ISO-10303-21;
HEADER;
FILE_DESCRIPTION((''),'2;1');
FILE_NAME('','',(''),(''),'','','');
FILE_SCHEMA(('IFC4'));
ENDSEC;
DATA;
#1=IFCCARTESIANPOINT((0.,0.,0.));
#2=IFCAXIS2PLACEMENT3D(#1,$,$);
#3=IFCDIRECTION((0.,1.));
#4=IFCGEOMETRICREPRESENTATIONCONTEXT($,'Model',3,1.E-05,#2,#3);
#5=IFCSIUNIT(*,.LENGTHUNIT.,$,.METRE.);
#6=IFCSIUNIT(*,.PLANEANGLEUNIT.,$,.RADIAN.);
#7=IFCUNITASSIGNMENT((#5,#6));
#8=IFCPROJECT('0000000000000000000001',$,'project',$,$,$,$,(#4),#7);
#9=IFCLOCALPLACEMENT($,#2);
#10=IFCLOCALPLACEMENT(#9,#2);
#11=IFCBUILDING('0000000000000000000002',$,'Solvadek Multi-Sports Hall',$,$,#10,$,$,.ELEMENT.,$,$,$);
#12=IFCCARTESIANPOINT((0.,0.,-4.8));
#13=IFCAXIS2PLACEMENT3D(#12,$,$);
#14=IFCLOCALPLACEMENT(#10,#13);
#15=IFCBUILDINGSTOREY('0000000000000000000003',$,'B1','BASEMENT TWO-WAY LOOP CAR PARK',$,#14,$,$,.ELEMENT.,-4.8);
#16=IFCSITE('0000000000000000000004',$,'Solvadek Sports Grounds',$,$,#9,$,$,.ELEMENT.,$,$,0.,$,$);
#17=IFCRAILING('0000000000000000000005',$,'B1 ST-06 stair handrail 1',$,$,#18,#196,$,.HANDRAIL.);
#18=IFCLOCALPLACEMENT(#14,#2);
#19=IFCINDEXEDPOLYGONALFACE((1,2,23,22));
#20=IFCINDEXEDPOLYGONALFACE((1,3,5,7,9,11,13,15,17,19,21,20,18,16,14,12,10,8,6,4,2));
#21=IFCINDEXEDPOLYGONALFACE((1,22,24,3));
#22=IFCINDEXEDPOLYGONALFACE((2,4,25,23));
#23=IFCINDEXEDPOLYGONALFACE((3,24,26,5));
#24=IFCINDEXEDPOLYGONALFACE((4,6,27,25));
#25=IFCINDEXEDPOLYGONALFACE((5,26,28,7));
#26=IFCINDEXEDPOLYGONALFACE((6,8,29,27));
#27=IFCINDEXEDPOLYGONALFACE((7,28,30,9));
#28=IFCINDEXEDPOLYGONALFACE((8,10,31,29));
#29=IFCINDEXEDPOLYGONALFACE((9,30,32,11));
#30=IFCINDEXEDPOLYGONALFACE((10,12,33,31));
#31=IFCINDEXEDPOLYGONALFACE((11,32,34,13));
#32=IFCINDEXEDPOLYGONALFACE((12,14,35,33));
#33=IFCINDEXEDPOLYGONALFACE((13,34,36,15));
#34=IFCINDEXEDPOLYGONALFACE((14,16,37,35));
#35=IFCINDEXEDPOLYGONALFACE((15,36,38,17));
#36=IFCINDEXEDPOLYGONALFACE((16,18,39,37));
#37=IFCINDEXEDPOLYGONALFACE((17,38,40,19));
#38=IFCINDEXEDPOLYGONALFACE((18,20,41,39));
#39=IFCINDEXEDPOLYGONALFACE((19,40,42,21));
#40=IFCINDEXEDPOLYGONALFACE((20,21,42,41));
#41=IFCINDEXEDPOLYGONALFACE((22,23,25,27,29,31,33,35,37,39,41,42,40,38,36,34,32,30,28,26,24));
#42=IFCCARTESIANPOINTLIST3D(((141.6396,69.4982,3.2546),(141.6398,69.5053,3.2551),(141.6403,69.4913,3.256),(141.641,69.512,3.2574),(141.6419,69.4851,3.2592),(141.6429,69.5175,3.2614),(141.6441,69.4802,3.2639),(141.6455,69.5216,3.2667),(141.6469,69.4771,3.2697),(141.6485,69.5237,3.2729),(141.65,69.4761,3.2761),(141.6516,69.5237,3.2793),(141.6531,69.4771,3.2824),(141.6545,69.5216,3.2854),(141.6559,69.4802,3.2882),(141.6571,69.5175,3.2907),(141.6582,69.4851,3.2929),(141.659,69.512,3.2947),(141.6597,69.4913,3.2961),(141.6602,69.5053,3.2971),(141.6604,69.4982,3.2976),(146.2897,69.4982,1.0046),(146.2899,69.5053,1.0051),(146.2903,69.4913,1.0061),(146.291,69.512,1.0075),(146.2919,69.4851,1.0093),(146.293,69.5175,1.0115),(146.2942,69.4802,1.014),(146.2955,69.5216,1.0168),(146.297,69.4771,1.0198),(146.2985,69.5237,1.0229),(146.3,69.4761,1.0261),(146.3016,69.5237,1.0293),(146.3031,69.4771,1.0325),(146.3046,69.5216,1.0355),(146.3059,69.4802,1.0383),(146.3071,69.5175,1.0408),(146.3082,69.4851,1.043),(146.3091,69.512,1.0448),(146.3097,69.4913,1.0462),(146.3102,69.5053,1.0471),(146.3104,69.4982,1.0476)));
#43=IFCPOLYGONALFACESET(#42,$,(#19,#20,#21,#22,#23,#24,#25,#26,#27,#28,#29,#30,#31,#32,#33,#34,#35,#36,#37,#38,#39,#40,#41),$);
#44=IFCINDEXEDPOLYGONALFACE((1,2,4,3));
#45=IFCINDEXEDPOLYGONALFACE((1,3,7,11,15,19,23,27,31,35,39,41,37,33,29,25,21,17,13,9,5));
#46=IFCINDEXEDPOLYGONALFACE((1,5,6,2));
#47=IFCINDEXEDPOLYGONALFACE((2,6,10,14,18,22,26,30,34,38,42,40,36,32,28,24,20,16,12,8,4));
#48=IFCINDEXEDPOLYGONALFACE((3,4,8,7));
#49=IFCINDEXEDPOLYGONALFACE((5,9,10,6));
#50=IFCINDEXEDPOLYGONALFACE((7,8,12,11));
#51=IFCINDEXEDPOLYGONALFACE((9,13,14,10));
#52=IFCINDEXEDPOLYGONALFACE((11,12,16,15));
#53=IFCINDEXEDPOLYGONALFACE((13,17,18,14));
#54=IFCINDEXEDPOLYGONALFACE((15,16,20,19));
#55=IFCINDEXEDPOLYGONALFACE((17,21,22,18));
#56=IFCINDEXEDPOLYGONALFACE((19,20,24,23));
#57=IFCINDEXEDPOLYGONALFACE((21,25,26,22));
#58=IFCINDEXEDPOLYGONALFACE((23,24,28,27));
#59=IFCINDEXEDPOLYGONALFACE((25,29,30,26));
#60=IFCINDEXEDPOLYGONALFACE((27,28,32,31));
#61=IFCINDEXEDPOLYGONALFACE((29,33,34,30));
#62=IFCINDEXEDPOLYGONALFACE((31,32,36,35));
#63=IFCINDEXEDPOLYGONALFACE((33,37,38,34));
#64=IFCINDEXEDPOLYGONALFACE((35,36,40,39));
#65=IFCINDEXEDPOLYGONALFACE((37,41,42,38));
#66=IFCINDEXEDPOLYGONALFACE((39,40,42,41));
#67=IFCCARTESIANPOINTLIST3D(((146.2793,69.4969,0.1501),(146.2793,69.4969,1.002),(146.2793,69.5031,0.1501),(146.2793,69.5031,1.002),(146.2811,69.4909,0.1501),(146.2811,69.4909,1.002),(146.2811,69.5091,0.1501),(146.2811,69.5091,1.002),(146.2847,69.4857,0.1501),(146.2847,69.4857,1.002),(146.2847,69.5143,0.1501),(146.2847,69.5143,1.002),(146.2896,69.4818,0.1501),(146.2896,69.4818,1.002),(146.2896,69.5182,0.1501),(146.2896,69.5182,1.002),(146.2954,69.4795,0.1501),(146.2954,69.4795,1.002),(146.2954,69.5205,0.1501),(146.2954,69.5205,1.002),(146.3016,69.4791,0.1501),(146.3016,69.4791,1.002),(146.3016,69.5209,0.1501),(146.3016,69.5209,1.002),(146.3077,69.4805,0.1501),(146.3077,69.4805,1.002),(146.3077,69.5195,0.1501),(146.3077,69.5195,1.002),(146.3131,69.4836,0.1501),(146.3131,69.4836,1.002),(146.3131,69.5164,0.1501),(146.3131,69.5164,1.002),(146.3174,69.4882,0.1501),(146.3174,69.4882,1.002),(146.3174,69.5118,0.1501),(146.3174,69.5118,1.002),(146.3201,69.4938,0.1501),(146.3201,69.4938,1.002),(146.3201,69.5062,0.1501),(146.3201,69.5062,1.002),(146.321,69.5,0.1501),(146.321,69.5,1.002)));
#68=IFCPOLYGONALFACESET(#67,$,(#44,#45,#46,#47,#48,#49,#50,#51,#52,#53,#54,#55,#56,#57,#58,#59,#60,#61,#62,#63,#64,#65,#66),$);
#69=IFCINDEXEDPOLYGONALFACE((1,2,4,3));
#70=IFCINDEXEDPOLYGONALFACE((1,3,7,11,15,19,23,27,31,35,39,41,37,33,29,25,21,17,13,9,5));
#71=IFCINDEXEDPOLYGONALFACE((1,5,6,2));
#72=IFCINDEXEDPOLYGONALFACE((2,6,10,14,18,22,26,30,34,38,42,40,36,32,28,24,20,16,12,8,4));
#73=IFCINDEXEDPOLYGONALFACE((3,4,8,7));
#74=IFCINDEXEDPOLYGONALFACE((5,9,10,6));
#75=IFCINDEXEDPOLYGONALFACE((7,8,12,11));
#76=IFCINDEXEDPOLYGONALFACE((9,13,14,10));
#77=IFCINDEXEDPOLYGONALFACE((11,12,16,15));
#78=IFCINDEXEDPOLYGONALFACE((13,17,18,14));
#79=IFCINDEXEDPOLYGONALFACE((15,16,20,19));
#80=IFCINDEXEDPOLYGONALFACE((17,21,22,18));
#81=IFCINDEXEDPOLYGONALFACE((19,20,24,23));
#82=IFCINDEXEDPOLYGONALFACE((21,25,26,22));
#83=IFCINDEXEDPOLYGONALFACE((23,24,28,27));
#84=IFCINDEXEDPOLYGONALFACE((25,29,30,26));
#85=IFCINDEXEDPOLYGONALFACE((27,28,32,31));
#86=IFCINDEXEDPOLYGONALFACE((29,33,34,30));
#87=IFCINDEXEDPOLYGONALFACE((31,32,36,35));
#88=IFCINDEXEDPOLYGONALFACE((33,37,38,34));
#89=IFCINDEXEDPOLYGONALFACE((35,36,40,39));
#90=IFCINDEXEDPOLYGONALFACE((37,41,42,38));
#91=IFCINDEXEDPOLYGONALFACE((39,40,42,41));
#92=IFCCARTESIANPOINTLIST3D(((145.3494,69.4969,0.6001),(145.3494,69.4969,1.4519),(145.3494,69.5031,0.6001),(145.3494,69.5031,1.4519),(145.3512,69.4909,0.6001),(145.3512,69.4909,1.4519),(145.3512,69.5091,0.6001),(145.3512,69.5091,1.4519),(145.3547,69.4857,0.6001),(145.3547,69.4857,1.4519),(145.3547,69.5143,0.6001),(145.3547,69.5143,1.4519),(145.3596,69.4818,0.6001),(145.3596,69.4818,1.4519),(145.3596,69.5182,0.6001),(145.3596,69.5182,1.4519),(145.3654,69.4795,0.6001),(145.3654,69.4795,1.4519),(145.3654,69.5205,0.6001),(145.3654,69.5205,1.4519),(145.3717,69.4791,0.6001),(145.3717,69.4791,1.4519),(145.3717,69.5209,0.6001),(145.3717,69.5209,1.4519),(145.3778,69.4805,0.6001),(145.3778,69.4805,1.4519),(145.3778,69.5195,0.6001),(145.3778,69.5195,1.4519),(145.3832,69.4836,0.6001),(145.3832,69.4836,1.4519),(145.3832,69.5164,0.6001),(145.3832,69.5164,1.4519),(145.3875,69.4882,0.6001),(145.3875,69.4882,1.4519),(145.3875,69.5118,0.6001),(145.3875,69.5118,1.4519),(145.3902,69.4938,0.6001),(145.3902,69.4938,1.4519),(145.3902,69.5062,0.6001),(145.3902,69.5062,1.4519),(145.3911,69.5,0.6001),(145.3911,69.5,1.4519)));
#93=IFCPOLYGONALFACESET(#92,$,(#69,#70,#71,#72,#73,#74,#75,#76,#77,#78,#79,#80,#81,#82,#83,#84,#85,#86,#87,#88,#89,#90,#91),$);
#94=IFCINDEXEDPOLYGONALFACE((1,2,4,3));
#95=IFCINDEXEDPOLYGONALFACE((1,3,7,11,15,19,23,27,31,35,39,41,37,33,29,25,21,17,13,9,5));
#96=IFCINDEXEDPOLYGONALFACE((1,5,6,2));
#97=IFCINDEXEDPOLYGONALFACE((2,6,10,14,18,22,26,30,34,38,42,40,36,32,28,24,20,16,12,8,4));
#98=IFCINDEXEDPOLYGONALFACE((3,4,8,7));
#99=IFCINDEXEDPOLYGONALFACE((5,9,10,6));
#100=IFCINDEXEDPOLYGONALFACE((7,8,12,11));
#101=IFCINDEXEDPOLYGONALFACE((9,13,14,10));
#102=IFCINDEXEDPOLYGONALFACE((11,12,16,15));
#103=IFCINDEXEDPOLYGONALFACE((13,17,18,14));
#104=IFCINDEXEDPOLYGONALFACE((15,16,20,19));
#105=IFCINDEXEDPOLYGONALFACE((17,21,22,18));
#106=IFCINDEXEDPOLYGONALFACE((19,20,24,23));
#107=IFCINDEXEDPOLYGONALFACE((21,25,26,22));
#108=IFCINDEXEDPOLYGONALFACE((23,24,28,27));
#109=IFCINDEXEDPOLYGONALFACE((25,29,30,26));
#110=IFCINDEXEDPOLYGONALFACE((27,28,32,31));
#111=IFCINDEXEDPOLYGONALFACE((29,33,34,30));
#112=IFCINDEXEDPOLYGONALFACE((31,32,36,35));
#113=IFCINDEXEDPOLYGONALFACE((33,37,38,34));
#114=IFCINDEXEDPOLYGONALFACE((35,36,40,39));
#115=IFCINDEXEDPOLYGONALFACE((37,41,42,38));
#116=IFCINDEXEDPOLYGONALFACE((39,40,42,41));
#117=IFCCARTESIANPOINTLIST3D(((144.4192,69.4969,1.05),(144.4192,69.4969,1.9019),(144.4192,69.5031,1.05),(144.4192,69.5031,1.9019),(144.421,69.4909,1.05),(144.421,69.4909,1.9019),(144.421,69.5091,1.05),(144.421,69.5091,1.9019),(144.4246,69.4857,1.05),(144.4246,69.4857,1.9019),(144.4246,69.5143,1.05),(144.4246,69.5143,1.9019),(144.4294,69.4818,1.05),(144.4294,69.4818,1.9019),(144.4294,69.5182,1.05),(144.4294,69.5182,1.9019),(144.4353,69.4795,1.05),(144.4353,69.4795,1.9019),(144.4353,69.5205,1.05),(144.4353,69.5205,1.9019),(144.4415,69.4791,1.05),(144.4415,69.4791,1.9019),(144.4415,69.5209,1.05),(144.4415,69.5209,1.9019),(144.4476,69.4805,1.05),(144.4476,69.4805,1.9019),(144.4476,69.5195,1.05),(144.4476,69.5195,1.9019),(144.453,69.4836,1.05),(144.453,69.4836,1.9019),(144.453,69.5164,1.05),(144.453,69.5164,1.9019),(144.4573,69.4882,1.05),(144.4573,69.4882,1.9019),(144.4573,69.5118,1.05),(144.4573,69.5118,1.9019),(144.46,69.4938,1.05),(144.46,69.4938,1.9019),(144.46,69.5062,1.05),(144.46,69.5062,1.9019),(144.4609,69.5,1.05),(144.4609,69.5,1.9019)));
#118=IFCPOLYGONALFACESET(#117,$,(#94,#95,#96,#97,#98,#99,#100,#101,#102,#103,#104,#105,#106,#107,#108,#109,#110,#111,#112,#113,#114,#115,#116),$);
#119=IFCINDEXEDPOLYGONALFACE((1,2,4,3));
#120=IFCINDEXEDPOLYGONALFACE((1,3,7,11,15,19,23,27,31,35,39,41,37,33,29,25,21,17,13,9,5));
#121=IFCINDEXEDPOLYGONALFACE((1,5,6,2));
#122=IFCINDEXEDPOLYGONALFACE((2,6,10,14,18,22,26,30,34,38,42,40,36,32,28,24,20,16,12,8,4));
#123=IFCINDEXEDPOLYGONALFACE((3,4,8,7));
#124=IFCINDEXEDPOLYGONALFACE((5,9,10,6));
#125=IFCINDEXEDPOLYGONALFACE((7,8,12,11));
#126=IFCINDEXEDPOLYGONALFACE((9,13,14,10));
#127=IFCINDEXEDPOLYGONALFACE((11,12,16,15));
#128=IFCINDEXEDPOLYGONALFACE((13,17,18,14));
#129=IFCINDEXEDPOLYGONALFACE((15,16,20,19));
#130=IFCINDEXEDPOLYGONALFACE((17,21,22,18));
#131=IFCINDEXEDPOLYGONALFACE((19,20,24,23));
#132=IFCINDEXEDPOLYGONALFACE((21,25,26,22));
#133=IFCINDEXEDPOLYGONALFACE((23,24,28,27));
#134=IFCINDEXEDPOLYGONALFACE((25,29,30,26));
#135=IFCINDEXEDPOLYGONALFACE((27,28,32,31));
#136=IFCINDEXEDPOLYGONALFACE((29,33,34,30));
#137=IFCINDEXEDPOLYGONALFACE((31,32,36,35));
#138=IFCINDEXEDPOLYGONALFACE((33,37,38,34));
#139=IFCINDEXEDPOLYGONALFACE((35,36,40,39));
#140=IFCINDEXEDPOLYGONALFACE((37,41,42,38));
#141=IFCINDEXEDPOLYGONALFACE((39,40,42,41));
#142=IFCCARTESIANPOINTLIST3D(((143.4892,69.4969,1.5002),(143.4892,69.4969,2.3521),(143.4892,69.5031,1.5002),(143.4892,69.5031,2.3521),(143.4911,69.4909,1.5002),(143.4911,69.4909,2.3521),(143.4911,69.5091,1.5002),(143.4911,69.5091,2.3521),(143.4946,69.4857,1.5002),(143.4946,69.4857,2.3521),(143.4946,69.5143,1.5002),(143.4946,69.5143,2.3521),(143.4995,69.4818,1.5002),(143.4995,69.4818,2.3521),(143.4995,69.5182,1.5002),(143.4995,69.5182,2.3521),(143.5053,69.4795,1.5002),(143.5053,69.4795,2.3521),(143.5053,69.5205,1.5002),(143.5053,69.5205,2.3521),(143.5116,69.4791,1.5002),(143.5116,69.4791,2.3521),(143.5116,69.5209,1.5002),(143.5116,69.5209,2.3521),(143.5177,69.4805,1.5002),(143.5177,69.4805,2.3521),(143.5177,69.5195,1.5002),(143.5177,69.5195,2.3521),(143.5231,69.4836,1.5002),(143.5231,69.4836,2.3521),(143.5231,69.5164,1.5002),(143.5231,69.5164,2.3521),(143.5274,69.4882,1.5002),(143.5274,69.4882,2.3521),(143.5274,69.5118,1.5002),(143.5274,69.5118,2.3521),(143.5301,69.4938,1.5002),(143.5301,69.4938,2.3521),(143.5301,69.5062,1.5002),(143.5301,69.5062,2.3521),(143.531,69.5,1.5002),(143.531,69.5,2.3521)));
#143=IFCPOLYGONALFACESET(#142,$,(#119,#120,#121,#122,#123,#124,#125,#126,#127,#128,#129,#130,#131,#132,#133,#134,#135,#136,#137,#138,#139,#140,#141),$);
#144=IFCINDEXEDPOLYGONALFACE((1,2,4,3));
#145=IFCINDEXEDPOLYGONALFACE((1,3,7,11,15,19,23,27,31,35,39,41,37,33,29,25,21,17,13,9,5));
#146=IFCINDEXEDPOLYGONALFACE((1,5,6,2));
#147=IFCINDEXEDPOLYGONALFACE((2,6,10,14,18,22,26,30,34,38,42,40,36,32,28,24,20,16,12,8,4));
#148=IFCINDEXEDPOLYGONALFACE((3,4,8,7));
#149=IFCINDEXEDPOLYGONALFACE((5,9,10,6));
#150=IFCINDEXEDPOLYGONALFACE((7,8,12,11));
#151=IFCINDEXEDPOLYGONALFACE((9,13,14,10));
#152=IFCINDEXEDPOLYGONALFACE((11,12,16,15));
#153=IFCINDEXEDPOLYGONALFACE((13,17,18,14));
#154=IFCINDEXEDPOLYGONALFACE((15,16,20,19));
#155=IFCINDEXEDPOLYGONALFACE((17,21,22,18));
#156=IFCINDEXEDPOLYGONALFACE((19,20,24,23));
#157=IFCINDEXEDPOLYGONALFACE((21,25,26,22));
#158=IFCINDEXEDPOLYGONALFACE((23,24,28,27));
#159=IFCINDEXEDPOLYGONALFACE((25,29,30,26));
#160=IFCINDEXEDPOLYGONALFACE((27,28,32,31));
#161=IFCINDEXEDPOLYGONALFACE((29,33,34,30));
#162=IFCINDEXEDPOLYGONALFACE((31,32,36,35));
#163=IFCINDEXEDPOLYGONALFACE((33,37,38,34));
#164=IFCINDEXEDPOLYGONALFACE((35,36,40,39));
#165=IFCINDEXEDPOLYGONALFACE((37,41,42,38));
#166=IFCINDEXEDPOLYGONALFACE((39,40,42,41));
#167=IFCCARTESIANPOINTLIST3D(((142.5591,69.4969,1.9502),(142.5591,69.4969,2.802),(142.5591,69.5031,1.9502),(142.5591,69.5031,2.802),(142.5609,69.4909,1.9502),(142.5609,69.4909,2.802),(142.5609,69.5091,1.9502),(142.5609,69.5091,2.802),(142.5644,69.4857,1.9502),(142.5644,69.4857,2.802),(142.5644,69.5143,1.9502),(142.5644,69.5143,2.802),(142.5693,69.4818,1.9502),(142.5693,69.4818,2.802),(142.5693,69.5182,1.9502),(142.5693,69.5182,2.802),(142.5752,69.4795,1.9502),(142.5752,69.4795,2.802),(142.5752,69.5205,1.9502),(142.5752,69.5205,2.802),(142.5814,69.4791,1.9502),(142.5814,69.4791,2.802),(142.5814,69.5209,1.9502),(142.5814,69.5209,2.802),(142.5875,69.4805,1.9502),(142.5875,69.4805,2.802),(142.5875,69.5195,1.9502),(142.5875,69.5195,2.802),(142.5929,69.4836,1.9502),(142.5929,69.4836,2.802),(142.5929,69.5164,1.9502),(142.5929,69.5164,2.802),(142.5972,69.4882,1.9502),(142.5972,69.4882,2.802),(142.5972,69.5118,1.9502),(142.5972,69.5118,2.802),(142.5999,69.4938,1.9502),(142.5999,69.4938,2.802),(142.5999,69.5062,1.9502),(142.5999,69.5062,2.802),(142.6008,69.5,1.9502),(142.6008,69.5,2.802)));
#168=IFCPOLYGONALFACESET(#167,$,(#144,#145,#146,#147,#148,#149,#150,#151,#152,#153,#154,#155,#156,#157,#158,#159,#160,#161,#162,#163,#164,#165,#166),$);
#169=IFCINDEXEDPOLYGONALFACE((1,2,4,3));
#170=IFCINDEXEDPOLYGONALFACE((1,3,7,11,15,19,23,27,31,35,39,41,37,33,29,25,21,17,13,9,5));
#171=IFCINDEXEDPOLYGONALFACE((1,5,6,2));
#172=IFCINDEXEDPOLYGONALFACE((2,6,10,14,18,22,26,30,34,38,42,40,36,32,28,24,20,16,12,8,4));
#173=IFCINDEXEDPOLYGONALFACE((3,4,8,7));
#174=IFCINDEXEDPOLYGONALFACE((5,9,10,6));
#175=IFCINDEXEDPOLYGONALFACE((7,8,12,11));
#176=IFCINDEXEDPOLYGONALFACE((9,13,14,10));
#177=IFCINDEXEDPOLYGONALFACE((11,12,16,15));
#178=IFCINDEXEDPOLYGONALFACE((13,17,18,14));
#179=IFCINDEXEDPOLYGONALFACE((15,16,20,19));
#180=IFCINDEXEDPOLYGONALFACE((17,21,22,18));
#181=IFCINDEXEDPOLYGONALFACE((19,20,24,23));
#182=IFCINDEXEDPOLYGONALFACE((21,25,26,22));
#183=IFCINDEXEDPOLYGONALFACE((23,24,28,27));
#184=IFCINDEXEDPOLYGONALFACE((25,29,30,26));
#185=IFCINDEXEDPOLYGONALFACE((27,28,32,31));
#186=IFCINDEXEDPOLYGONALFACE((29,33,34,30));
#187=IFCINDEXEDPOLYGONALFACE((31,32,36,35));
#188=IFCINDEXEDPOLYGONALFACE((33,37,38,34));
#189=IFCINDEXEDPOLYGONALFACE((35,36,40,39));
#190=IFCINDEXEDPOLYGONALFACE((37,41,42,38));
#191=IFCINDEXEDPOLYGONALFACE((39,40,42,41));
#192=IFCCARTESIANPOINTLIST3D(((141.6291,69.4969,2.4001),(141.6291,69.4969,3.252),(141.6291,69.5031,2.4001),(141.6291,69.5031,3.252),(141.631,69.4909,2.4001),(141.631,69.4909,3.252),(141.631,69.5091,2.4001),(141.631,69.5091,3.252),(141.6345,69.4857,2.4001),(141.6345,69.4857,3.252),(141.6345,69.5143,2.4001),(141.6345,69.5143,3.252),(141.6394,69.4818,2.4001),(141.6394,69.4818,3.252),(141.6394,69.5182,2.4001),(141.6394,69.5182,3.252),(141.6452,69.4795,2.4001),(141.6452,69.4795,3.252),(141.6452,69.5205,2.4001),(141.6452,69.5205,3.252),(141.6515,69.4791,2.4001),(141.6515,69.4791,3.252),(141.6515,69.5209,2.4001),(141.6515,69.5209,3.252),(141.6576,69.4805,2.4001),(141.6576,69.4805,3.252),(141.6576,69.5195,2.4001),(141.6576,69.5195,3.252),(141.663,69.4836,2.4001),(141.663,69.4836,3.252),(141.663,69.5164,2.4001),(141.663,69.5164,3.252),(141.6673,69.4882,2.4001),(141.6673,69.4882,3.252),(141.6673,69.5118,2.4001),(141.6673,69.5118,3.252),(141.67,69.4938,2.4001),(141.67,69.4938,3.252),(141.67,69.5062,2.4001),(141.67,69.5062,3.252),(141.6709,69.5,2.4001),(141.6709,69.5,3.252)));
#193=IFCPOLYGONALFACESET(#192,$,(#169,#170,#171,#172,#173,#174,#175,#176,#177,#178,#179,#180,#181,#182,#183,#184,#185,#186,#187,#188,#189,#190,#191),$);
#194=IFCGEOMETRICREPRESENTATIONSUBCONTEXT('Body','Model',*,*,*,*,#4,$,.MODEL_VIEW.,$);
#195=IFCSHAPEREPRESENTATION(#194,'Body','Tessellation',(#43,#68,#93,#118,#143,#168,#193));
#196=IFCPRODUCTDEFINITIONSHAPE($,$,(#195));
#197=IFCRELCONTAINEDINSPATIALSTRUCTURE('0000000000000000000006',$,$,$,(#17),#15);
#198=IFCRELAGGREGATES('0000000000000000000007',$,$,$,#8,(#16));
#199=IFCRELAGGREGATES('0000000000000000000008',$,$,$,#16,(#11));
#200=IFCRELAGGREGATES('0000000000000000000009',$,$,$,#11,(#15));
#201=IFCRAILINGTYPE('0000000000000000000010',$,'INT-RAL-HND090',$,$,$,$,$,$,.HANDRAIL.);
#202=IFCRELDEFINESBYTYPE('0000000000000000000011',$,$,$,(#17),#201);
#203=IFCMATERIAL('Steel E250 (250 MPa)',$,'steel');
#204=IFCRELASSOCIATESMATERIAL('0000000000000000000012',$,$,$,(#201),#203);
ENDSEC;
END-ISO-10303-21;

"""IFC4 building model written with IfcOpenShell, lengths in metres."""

from ifc_helpers import new_model, si_unit, direction, frame, origin, origin_2d, place, context, subcontext, project, spatial, circle, extrude, material, type_object, element, save


model = new_model("IFC4")

# Units and contexts
model_context = context("Model", 3, precision=1e-05, world=origin(), true_north=direction((0.0, 1.0)))
body_context = subcontext(model_context, "Body", "Model", "MODEL_VIEW")
ifc_project = project(units=[si_unit("LENGTHUNIT", "METRE"), si_unit("PLANEANGLEUNIT", "RADIAN")], contexts=[model_context])

# Site, building, storey
site_placement = place(None, origin())
site = spatial("IfcSite", under=ifc_project, at=site_placement, Name="Solvadek Sports Grounds", CompositionType="ELEMENT", RefElevation=0.0)
building_placement = place(site_placement, origin())
building = spatial("IfcBuilding", under=site, at=building_placement, Name="Solvadek Multi-Sports Hall", CompositionType="ELEMENT")
storey_placement = place(building_placement, frame((0.0, 0.0, -4.8)))
storey = spatial("IfcBuildingStorey", under=building, at=storey_placement, Name="B1", Description="BASEMENT TWO-WAY LOOP CAR PARK", CompositionType="ELEMENT", Elevation=-4.8)

# Railing
ifc_material_1 = material(Name="Steel E250 (250 MPa)", Category="steel")
railing_type_1 = type_object("IfcRailingType", Name="INT-RAL-HND090", PredefinedType="HANDRAIL", material=ifc_material_1)
railing_1_placement = place(storey_placement, frame((146.3, 69.5, 0.1501)))
element("IfcRailing", 1, at=railing_1_placement, inside=storey, type_object=railing_type_1, Name="B1 ST-06 stair handrail 1", PredefinedType="HANDRAIL", context=body_context, shape_type="SweptSolid", body=[
    extrude(circle(Radius=0.0239, at=origin_2d()), frame((0.0, 0.0, 0.876), z_axis=(-0.900165, 0.0, 0.43555), x_axis=(0.0, -1.0, 0.0)), (0.0, 0.0, 1.0), 5.1658),
    extrude(circle(Radius=0.021, at=origin_2d()), origin(), (0.0, 0.0, 1.0), 0.8518),
    extrude(circle(Radius=0.021, at=origin_2d()), frame((-0.9299, 0.0, 0.45)), (0.0, 0.0, 1.0), 0.8518),
    extrude(circle(Radius=0.021, at=origin_2d()), frame((-1.8601, 0.0, 0.8999)), (0.0, 0.0, 1.0), 0.8518),
    extrude(circle(Radius=0.021, at=origin_2d()), frame((-2.79, 0.0, 1.3501)), (0.0, 0.0, 1.0), 0.8518),
    extrude(circle(Radius=0.021, at=origin_2d()), frame((-3.7202, 0.0, 1.8)), (0.0, 0.0, 1.0), 0.8518),
    extrude(circle(Radius=0.021, at=origin_2d()), frame((-4.6501, 0.0, 2.25)), (0.0, 0.0, 1.0), 0.8518),
])

save(model, "model.ifc")
